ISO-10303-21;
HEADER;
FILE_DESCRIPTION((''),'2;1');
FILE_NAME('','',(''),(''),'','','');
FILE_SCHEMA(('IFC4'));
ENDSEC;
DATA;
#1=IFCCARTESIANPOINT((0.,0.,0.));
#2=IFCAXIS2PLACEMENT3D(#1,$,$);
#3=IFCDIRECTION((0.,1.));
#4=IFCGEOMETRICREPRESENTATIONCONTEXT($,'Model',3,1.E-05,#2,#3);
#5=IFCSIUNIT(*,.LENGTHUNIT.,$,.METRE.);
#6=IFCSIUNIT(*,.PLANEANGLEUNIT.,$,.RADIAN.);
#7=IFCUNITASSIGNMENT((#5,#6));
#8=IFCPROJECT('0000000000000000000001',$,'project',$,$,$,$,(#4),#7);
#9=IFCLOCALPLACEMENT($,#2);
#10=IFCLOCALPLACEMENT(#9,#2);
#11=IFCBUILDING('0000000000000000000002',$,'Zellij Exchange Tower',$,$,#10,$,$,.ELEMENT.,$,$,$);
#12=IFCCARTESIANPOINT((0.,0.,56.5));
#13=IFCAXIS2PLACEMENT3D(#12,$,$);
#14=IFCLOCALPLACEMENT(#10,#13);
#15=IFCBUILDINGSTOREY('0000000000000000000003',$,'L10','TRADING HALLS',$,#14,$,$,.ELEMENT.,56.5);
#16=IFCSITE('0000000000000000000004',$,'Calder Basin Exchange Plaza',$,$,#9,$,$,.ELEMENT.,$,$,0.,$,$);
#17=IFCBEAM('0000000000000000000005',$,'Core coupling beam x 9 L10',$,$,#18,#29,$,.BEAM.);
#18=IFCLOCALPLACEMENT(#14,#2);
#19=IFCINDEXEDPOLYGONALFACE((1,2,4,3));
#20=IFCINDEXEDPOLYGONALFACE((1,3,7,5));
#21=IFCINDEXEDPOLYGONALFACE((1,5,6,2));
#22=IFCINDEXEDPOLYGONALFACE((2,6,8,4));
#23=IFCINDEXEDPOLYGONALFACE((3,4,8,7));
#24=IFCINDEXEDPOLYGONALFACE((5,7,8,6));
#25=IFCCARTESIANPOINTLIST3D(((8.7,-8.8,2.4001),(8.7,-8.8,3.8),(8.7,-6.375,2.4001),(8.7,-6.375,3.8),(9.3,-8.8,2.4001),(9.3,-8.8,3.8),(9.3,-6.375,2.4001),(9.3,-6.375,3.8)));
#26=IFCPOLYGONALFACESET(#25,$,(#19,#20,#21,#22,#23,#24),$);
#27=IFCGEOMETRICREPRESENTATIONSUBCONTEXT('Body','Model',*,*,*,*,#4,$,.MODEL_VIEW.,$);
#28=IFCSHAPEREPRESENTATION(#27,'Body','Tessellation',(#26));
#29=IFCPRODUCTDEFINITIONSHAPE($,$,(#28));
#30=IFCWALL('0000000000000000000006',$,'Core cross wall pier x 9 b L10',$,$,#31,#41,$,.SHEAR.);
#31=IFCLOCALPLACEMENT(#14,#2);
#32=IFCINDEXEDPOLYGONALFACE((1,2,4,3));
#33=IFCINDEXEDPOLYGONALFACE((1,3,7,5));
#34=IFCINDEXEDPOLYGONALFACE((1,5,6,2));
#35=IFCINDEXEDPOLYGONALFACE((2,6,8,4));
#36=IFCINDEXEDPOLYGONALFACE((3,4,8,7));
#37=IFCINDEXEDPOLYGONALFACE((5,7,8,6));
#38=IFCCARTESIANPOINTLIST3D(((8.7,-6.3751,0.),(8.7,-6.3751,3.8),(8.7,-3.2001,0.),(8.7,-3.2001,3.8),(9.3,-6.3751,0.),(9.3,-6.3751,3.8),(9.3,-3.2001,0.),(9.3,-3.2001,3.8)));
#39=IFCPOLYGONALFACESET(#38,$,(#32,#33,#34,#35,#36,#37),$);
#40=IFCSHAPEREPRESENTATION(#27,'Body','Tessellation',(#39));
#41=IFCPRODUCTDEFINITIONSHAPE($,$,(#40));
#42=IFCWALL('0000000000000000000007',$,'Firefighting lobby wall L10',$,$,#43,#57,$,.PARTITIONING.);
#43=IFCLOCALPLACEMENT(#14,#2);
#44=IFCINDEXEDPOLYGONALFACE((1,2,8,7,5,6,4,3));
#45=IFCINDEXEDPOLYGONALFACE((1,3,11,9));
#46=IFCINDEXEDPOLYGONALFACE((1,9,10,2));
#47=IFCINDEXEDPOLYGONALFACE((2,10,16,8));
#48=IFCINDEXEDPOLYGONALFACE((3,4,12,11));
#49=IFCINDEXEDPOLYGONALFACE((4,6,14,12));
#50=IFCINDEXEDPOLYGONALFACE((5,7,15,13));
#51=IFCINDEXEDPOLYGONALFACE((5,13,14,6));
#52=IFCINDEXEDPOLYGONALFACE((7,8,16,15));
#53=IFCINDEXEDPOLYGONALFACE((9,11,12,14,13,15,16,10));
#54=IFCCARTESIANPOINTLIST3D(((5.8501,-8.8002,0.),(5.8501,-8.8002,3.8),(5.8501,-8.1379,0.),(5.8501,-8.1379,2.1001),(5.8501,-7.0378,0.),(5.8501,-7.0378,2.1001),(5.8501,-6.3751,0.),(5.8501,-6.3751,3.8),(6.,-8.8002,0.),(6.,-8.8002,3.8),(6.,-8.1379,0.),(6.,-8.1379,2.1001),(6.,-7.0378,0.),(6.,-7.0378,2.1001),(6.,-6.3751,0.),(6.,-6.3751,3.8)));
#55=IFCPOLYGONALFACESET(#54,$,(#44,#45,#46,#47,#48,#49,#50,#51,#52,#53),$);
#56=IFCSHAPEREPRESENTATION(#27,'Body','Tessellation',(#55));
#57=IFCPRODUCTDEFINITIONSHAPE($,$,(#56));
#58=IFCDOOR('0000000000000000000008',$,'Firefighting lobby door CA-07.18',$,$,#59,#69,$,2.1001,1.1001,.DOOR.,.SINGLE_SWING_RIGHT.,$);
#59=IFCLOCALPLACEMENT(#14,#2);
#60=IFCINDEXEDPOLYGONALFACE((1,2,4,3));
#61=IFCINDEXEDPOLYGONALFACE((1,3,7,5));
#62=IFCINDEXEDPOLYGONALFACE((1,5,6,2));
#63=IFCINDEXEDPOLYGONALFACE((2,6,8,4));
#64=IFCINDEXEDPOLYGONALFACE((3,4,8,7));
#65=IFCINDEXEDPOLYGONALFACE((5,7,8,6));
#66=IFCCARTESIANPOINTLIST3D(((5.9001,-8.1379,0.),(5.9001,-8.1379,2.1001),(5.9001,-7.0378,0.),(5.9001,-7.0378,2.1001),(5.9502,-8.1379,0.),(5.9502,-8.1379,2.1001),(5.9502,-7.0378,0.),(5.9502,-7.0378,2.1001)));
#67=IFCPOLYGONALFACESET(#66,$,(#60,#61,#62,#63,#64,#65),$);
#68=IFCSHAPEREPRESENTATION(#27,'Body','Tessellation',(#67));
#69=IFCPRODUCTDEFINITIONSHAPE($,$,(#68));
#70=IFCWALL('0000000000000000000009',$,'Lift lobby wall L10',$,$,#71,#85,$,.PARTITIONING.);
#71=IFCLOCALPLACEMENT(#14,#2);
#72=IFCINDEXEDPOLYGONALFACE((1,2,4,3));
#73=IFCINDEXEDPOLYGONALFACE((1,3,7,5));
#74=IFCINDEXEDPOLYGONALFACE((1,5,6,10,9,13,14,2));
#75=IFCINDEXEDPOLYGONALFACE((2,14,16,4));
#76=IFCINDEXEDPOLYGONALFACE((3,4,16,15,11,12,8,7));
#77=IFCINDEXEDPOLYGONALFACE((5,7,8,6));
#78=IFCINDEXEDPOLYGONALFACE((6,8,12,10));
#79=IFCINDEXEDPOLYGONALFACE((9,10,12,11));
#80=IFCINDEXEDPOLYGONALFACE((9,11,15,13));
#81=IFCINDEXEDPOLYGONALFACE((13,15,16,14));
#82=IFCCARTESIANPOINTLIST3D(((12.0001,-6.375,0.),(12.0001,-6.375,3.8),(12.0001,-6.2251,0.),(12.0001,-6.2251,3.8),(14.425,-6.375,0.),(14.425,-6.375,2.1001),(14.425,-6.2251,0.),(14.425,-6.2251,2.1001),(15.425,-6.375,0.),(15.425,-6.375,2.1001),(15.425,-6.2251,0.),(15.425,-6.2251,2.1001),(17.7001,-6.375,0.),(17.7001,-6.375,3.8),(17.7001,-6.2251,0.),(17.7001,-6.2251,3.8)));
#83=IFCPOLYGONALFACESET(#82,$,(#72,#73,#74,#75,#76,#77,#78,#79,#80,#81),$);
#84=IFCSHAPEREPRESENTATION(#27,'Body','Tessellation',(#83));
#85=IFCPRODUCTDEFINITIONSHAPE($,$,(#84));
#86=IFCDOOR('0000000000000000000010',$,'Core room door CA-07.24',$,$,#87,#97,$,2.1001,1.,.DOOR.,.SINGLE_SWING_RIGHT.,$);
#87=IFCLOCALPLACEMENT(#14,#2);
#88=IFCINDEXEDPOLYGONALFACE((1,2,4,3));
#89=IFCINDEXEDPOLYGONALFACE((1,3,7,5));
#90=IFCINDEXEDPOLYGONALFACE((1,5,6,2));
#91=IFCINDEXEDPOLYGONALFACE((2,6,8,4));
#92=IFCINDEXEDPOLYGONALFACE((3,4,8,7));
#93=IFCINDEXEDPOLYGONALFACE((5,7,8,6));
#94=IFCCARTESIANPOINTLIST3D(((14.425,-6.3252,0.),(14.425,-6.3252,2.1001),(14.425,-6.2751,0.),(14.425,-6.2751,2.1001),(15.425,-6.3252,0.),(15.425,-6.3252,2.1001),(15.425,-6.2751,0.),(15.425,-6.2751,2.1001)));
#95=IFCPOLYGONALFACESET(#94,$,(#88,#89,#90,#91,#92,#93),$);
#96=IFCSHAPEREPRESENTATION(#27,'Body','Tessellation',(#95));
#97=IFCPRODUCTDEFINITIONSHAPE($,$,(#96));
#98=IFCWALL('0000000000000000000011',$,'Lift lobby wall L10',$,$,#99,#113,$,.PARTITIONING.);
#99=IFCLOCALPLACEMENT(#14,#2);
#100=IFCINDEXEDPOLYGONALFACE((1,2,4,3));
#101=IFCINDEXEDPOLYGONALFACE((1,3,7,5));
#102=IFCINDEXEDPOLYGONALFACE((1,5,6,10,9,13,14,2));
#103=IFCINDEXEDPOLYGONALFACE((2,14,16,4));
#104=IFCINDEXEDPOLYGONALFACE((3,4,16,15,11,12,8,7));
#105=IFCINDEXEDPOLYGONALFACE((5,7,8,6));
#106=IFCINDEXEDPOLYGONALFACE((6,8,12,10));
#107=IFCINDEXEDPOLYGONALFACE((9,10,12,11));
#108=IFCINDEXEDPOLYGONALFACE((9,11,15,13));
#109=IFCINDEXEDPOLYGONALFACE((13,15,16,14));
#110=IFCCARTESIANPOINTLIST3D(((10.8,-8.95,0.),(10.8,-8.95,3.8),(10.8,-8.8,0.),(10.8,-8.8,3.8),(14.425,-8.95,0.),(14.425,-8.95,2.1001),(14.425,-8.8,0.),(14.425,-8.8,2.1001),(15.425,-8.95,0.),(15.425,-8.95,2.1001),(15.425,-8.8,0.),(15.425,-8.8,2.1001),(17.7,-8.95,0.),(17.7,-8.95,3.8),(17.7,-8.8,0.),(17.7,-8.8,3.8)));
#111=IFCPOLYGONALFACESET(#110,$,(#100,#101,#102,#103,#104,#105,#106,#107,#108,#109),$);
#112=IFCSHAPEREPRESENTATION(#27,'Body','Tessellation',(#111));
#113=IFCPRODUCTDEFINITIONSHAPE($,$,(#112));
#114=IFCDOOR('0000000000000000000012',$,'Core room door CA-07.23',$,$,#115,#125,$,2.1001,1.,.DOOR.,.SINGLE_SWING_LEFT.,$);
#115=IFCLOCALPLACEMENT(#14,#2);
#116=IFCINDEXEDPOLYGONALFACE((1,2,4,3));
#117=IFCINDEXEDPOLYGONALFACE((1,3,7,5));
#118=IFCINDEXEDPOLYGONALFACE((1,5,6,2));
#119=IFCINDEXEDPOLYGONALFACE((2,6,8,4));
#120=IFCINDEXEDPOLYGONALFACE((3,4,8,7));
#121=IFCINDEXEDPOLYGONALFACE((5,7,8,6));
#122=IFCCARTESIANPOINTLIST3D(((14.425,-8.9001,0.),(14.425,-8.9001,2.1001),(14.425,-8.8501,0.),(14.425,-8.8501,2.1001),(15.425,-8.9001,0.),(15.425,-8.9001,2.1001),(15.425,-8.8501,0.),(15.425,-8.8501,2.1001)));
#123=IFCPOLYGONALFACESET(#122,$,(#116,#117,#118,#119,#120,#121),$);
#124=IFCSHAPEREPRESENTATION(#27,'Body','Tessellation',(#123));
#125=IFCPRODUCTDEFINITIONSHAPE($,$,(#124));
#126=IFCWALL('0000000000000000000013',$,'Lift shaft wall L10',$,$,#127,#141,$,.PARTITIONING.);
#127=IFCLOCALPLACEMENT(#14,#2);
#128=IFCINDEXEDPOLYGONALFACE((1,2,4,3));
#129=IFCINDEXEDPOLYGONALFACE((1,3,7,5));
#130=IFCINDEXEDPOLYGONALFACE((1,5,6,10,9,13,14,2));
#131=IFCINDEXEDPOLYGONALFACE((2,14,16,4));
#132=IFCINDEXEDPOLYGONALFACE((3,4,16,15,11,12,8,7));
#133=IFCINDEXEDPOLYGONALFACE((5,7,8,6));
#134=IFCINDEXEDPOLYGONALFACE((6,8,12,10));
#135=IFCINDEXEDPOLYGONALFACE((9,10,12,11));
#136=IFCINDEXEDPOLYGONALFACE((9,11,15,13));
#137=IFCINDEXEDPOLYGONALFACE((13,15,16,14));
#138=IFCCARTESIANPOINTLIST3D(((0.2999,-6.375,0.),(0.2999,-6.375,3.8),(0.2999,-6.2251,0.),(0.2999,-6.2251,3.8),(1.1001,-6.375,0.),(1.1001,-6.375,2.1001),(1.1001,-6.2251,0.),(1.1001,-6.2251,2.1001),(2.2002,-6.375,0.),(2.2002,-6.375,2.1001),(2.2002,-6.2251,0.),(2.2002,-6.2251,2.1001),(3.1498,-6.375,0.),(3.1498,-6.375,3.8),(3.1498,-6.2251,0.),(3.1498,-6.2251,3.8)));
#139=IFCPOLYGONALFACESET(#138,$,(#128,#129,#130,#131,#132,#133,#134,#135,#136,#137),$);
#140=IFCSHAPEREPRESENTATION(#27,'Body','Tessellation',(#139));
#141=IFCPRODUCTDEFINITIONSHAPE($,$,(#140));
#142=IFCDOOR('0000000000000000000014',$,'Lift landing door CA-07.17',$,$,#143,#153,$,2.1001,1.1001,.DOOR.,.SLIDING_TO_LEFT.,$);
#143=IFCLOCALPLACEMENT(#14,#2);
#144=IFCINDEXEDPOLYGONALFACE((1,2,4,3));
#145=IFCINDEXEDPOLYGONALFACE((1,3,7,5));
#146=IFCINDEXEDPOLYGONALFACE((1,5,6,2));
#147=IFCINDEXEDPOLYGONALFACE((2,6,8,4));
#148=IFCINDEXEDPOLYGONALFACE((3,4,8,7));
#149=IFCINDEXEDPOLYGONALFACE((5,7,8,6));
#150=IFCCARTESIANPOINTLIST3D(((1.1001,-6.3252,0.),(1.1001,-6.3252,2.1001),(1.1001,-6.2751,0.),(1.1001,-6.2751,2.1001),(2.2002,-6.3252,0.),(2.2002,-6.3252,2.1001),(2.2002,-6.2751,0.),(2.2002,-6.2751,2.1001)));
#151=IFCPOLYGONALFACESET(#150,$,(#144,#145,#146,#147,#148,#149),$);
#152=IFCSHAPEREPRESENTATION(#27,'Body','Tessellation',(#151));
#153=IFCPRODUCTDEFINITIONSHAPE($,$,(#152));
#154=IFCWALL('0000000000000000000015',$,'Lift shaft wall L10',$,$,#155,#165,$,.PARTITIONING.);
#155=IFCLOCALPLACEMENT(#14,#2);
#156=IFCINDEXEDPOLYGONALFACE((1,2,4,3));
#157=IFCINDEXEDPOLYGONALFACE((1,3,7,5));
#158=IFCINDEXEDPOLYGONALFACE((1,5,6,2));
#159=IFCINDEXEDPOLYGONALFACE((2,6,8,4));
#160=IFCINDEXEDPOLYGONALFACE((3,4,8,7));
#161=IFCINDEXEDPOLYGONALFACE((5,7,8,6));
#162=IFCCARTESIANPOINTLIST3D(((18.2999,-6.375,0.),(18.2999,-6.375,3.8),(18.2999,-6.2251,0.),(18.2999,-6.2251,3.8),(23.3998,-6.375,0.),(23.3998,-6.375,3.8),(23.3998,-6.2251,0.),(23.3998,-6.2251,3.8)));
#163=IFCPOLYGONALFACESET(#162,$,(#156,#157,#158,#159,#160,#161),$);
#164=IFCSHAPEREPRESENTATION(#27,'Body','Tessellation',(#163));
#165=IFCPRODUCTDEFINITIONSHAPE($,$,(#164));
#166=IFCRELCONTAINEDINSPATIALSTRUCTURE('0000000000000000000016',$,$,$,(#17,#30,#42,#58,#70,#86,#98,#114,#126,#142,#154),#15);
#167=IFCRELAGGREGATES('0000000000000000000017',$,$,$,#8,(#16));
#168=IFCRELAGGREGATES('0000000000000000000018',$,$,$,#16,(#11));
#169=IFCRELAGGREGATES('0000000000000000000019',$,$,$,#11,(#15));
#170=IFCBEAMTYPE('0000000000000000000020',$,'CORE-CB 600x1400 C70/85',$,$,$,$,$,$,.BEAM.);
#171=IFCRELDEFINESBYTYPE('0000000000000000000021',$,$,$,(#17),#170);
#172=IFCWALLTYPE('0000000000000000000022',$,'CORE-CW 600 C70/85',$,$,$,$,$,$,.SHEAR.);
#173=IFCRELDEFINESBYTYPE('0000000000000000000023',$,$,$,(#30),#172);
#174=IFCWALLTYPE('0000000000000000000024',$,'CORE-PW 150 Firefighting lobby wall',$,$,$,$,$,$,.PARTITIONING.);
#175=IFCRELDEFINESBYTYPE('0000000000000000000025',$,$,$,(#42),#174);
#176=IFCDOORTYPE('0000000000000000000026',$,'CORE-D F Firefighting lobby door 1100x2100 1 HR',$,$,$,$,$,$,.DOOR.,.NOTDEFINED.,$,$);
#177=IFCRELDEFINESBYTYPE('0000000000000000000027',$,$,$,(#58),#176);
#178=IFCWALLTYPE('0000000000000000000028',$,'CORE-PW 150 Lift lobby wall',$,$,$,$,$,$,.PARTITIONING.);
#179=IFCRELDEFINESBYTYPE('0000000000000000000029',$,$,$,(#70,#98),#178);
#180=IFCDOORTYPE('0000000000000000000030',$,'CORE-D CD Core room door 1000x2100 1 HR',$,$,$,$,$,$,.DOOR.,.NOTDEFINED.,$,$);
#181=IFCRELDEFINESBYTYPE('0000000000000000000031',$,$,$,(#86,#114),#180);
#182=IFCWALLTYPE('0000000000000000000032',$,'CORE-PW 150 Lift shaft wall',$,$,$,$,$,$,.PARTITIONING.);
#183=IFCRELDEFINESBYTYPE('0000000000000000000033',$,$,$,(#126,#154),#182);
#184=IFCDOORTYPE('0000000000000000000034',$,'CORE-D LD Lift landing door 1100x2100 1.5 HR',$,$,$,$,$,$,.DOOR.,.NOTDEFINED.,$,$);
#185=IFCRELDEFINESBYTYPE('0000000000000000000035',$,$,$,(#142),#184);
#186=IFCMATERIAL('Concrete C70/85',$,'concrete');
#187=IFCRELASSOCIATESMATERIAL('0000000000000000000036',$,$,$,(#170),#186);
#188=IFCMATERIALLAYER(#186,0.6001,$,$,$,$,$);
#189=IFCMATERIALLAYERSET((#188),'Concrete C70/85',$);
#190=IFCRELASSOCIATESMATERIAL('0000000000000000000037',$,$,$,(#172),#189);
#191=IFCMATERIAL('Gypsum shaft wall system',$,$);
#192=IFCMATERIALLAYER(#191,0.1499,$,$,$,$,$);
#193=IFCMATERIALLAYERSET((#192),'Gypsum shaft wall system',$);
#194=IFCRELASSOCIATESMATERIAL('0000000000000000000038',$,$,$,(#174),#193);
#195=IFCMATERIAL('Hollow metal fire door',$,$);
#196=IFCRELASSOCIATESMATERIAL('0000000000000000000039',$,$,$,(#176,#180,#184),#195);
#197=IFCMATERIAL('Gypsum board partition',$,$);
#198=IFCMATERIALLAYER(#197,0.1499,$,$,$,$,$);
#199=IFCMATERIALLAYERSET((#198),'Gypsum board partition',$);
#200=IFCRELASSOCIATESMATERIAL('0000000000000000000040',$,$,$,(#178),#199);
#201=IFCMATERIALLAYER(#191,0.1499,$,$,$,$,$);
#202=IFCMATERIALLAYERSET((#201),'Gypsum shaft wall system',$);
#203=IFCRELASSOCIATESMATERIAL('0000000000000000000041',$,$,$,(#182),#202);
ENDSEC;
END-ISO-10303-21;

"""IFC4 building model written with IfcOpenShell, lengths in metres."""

from ifc_helpers import new_model, si_unit, direction, frame, frame_2d, origin, origin_2d, place, context, subcontext, project, spatial, rectangle, extrude, material, layer, layer_set, material_profile, profile_set, type_object, element, fill, save


model = new_model("IFC4")

# Units and contexts
model_context = context("Model", 3, precision=1e-05, world=origin(), true_north=direction((0.0, 1.0)))
body_context = subcontext(model_context, "Body", "Model", "MODEL_VIEW")
ifc_project = project(units=[si_unit("LENGTHUNIT", "METRE"), si_unit("PLANEANGLEUNIT", "RADIAN")], contexts=[model_context])

# Site, building, storey
site_placement = place(None, origin())
site = spatial("IfcSite", under=ifc_project, at=site_placement, Name="Calder Basin Exchange Plaza", CompositionType="ELEMENT", RefElevation=0.0)
building_placement = place(site_placement, origin())
building = spatial("IfcBuilding", under=site, at=building_placement, Name="Zellij Exchange Tower", CompositionType="ELEMENT")
storey_placement = place(building_placement, frame((0.0, 0.0, 56.5)))
storey = spatial("IfcBuildingStorey", under=building, at=storey_placement, Name="L10", Description="TRADING HALLS", CompositionType="ELEMENT", Elevation=56.5)

# Beam
ifc_material_1 = material(Name="Concrete C70/85", Category="concrete")
ifc_material_profile = material_profile(ifc_material_1, rectangle(XDim=0.6001, YDim=1.3999, at=origin_2d()), Name="CORE-CB 600x1400 C70/85")
ifc_profile_set = profile_set([ifc_material_profile], Name="Concrete C70/85")
beam_type = type_object("IfcBeamType", Name="CORE-CB 600x1400 C70/85", PredefinedType="BEAM", material=ifc_profile_set)
beam_placement = place(storey_placement, frame((9.0, -8.8, 3.1001), z_axis=(0.0, 1.0, 0.0), x_axis=(-1.0, 0.0, 0.0)))
element("IfcBeam", 1, at=beam_placement, inside=storey, type_object=beam_type, Name="Core coupling beam x 9 L10", PredefinedType="BEAM", context=body_context, shape_type="SweptSolid", body=[
    extrude(rectangle(XDim=0.6001, YDim=1.3999, at=origin_2d()), origin(), (0.0, 0.0, 1.0), 2.425),
])

# Wall
ifc_layer_1 = layer(ifc_material_1, 0.6001)
ifc_layer_set_1 = layer_set([ifc_layer_1], Name="Concrete C70/85")
wall_type_1 = type_object("IfcWallType", Name="CORE-CW 600 C70/85", PredefinedType="SHEAR", material=ifc_layer_set_1)
wall_1_placement = place(storey_placement, frame((9.0, -6.375, 0.0), z_axis=(0.0, 0.0, 1.0), x_axis=(0.0, 1.0, 0.0)))
element("IfcWall", 2, at=wall_1_placement, inside=storey, type_object=wall_type_1, Name="Core cross wall pier x 9 b L10", PredefinedType="SHEAR", context=body_context, shape_type="SweptSolid", body=[
    extrude(rectangle(XDim=3.175, YDim=0.6001, at=frame_2d((1.5874, 0.0))), origin(), (0.0, 0.0, 1.0), 3.8),
])

# Walls, openings, doors
ifc_material_2 = material(Name="Gypsum shaft wall system")
ifc_layer_2 = layer(ifc_material_2, 0.1499)
ifc_layer_set_2 = layer_set([ifc_layer_2], Name="Gypsum shaft wall system")
wall_type_2 = type_object("IfcWallType", Name="CORE-PW 150 Firefighting lobby wall", PredefinedType="PARTITIONING", material=ifc_layer_set_2)
wall_2_placement = place(storey_placement, frame((5.925, -8.8, 0.0), z_axis=(0.0, 0.0, 1.0), x_axis=(0.0, 1.0, 0.0)))
wall_2 = element("IfcWall", 3, at=wall_2_placement, inside=storey, type_object=wall_type_2, Name="Firefighting lobby wall L10", PredefinedType="PARTITIONING", context=body_context, shape_type="SweptSolid", body=[
    extrude(rectangle(XDim=2.425, YDim=0.1499, at=frame_2d((1.2124, 0.0))), origin(), (0.0, 0.0, 1.0), 3.8),
])
opening_1_placement = place(wall_2_placement, frame((0.6621, 0.0, 0.0)))
opening_1 = element("IfcOpeningElement", 4, at=opening_1_placement, cuts=wall_2, PredefinedType="OPENING", context=body_context, shape_type="SweptSolid", body=[
    extrude(rectangle(XDim=1.1001, YDim=2.1001, at=frame_2d((0.55, 1.05))), frame((0.0, 0.0869, 0.0), z_axis=(0.0, -1.0, 0.0), x_axis=(1.0, 0.0, 0.0)), (0.0, 0.0, 1.0), 0.1738),
])
ifc_material_3 = material(Name="Hollow metal fire door")
door_type_1 = type_object("IfcDoorType", Name="CORE-D F Firefighting lobby door 1100x2100 1 HR", OperationType="NOTDEFINED", PredefinedType="DOOR", material=ifc_material_3)
door_1_placement = place(opening_1_placement, origin())
door_1 = element("IfcDoor", 5, at=door_1_placement, inside=storey, type_object=door_type_1, Name="Firefighting lobby door CA-07.18", OperationType="SINGLE_SWING_RIGHT", OverallHeight=2.1001, OverallWidth=1.1001, PredefinedType="DOOR", context=body_context, shape_type="SweptSolid", body=[
    extrude(rectangle(XDim=1.1001, YDim=2.1001, at=frame_2d((0.55, 1.05))), frame((0.0, 0.0249, 0.0), z_axis=(0.0, -1.0, 0.0), x_axis=(1.0, 0.0, 0.0)), (0.0, 0.0, 1.0), 0.05),
])
fill(opening_1, door_1)
ifc_material_4 = material(Name="Gypsum board partition")
ifc_layer_3 = layer(ifc_material_4, 0.1499)
ifc_layer_set_3 = layer_set([ifc_layer_3], Name="Gypsum board partition")
wall_type_3 = type_object("IfcWallType", Name="CORE-PW 150 Lift lobby wall", PredefinedType="PARTITIONING", material=ifc_layer_set_3)
wall_3_placement = place(storey_placement, frame((12.0, -6.3, 0.0), z_axis=(0.0, 0.0, 1.0), x_axis=(1.0, 0.0, 0.0)))
wall_3 = element("IfcWall", 6, at=wall_3_placement, inside=storey, type_object=wall_type_3, Name="Lift lobby wall L10", PredefinedType="PARTITIONING", context=body_context, shape_type="SweptSolid", body=[
    extrude(rectangle(XDim=5.7, YDim=0.1499, at=frame_2d((2.8501, 0.0))), origin(), (0.0, 0.0, 1.0), 3.8),
])
opening_2_placement = place(wall_3_placement, frame((2.425, 0.0, 0.0)))
opening_2 = element("IfcOpeningElement", 7, at=opening_2_placement, cuts=wall_3, PredefinedType="OPENING", context=body_context, shape_type="SweptSolid", body=[
    extrude(rectangle(XDim=1.0, YDim=2.1001, at=frame_2d((0.5, 1.05))), frame((0.0, 0.0869, 0.0), z_axis=(0.0, -1.0, 0.0), x_axis=(1.0, 0.0, 0.0)), (0.0, 0.0, 1.0), 0.1738),
])
door_type_2 = type_object("IfcDoorType", Name="CORE-D CD Core room door 1000x2100 1 HR", OperationType="NOTDEFINED", PredefinedType="DOOR", material=ifc_material_3)
door_2_placement = place(opening_2_placement, origin())
door_2 = element("IfcDoor", 8, at=door_2_placement, inside=storey, type_object=door_type_2, Name="Core room door CA-07.24", OperationType="SINGLE_SWING_RIGHT", OverallHeight=2.1001, OverallWidth=1.0, PredefinedType="DOOR", context=body_context, shape_type="SweptSolid", body=[
    extrude(rectangle(XDim=1.0, YDim=2.1001, at=frame_2d((0.5, 1.05))), frame((0.0, 0.0249, 0.0), z_axis=(0.0, -1.0, 0.0), x_axis=(1.0, 0.0, 0.0)), (0.0, 0.0, 1.0), 0.05),
])
fill(opening_2, door_2)
wall_4_placement = place(storey_placement, frame((10.8, -8.875, 0.0), z_axis=(0.0, 0.0, 1.0), x_axis=(1.0, 0.0, 0.0)))
wall_4 = element("IfcWall", 9, at=wall_4_placement, inside=storey, type_object=wall_type_3, Name="Lift lobby wall L10", PredefinedType="PARTITIONING", context=body_context, shape_type="SweptSolid", body=[
    extrude(rectangle(XDim=6.8999, YDim=0.1499, at=frame_2d((3.45, 0.0))), origin(), (0.0, 0.0, 1.0), 3.8),
])
opening_3_placement = place(wall_4_placement, frame((3.625, 0.0, 0.0)))
opening_3 = element("IfcOpeningElement", 10, at=opening_3_placement, cuts=wall_4, PredefinedType="OPENING", context=body_context, shape_type="SweptSolid", body=[
    extrude(rectangle(XDim=1.0, YDim=2.1001, at=frame_2d((0.5, 1.05))), frame((0.0, 0.0869, 0.0), z_axis=(0.0, -1.0, 0.0), x_axis=(1.0, 0.0, 0.0)), (0.0, 0.0, 1.0), 0.1738),
])
door_3_placement = place(opening_3_placement, origin())
door_3 = element("IfcDoor", 11, at=door_3_placement, inside=storey, type_object=door_type_2, Name="Core room door CA-07.23", OperationType="SINGLE_SWING_LEFT", OverallHeight=2.1001, OverallWidth=1.0, PredefinedType="DOOR", context=body_context, shape_type="SweptSolid", body=[
    extrude(rectangle(XDim=1.0, YDim=2.1001, at=frame_2d((0.5, 1.05))), frame((0.0, 0.0249, 0.0), z_axis=(0.0, -1.0, 0.0), x_axis=(1.0, 0.0, 0.0)), (0.0, 0.0, 1.0), 0.05),
])
fill(opening_3, door_3)
ifc_layer_4 = layer(ifc_material_2, 0.1499)
ifc_layer_set_4 = layer_set([ifc_layer_4], Name="Gypsum shaft wall system")
wall_type_4 = type_object("IfcWallType", Name="CORE-PW 150 Lift shaft wall", PredefinedType="PARTITIONING", material=ifc_layer_set_4)
wall_5_placement = place(storey_placement, frame((0.3, -6.3, 0.0), z_axis=(0.0, 0.0, 1.0), x_axis=(1.0, 0.0, 0.0)))
wall_5 = element("IfcWall", 12, at=wall_5_placement, inside=storey, type_object=wall_type_4, Name="Lift shaft wall L10", PredefinedType="PARTITIONING", context=body_context, shape_type="SweptSolid", body=[
    extrude(rectangle(XDim=2.8499, YDim=0.1499, at=frame_2d((1.4248, 0.0))), origin(), (0.0, 0.0, 1.0), 3.8),
])
opening_4_placement = place(wall_5_placement, frame((0.8, 0.0, 0.0)))
opening_4 = element("IfcOpeningElement", 13, at=opening_4_placement, cuts=wall_5, PredefinedType="OPENING", context=body_context, shape_type="SweptSolid", body=[
    extrude(rectangle(XDim=1.1001, YDim=2.1001, at=frame_2d((0.55, 1.05))), frame((0.0, 0.0869, 0.0), z_axis=(0.0, -1.0, 0.0), x_axis=(1.0, 0.0, 0.0)), (0.0, 0.0, 1.0), 0.1738),
])
door_type_3 = type_object("IfcDoorType", Name="CORE-D LD Lift landing door 1100x2100 1.5 HR", OperationType="NOTDEFINED", PredefinedType="DOOR", material=ifc_material_3)
door_4_placement = place(opening_4_placement, origin())
door_4 = element("IfcDoor", 14, at=door_4_placement, inside=storey, type_object=door_type_3, Name="Lift landing door CA-07.17", OperationType="SLIDING_TO_LEFT", OverallHeight=2.1001, OverallWidth=1.1001, PredefinedType="DOOR", context=body_context, shape_type="SweptSolid", body=[
    extrude(rectangle(XDim=1.1001, YDim=2.1001, at=frame_2d((0.55, 1.05))), frame((0.0, 0.0249, 0.0), z_axis=(0.0, -1.0, 0.0), x_axis=(1.0, 0.0, 0.0)), (0.0, 0.0, 1.0), 0.05),
])
fill(opening_4, door_4)

# Wall
wall_6_placement = place(storey_placement, frame((18.3, -6.3, 0.0), z_axis=(0.0, 0.0, 1.0), x_axis=(1.0, 0.0, 0.0)))
element("IfcWall", 15, at=wall_6_placement, inside=storey, type_object=wall_type_4, Name="Lift shaft wall L10", PredefinedType="PARTITIONING", context=body_context, shape_type="SweptSolid", body=[
    extrude(rectangle(XDim=5.0999, YDim=0.1499, at=frame_2d((2.5498, 0.0))), origin(), (0.0, 0.0, 1.0), 3.8),
])

save(model, "model.ifc")
